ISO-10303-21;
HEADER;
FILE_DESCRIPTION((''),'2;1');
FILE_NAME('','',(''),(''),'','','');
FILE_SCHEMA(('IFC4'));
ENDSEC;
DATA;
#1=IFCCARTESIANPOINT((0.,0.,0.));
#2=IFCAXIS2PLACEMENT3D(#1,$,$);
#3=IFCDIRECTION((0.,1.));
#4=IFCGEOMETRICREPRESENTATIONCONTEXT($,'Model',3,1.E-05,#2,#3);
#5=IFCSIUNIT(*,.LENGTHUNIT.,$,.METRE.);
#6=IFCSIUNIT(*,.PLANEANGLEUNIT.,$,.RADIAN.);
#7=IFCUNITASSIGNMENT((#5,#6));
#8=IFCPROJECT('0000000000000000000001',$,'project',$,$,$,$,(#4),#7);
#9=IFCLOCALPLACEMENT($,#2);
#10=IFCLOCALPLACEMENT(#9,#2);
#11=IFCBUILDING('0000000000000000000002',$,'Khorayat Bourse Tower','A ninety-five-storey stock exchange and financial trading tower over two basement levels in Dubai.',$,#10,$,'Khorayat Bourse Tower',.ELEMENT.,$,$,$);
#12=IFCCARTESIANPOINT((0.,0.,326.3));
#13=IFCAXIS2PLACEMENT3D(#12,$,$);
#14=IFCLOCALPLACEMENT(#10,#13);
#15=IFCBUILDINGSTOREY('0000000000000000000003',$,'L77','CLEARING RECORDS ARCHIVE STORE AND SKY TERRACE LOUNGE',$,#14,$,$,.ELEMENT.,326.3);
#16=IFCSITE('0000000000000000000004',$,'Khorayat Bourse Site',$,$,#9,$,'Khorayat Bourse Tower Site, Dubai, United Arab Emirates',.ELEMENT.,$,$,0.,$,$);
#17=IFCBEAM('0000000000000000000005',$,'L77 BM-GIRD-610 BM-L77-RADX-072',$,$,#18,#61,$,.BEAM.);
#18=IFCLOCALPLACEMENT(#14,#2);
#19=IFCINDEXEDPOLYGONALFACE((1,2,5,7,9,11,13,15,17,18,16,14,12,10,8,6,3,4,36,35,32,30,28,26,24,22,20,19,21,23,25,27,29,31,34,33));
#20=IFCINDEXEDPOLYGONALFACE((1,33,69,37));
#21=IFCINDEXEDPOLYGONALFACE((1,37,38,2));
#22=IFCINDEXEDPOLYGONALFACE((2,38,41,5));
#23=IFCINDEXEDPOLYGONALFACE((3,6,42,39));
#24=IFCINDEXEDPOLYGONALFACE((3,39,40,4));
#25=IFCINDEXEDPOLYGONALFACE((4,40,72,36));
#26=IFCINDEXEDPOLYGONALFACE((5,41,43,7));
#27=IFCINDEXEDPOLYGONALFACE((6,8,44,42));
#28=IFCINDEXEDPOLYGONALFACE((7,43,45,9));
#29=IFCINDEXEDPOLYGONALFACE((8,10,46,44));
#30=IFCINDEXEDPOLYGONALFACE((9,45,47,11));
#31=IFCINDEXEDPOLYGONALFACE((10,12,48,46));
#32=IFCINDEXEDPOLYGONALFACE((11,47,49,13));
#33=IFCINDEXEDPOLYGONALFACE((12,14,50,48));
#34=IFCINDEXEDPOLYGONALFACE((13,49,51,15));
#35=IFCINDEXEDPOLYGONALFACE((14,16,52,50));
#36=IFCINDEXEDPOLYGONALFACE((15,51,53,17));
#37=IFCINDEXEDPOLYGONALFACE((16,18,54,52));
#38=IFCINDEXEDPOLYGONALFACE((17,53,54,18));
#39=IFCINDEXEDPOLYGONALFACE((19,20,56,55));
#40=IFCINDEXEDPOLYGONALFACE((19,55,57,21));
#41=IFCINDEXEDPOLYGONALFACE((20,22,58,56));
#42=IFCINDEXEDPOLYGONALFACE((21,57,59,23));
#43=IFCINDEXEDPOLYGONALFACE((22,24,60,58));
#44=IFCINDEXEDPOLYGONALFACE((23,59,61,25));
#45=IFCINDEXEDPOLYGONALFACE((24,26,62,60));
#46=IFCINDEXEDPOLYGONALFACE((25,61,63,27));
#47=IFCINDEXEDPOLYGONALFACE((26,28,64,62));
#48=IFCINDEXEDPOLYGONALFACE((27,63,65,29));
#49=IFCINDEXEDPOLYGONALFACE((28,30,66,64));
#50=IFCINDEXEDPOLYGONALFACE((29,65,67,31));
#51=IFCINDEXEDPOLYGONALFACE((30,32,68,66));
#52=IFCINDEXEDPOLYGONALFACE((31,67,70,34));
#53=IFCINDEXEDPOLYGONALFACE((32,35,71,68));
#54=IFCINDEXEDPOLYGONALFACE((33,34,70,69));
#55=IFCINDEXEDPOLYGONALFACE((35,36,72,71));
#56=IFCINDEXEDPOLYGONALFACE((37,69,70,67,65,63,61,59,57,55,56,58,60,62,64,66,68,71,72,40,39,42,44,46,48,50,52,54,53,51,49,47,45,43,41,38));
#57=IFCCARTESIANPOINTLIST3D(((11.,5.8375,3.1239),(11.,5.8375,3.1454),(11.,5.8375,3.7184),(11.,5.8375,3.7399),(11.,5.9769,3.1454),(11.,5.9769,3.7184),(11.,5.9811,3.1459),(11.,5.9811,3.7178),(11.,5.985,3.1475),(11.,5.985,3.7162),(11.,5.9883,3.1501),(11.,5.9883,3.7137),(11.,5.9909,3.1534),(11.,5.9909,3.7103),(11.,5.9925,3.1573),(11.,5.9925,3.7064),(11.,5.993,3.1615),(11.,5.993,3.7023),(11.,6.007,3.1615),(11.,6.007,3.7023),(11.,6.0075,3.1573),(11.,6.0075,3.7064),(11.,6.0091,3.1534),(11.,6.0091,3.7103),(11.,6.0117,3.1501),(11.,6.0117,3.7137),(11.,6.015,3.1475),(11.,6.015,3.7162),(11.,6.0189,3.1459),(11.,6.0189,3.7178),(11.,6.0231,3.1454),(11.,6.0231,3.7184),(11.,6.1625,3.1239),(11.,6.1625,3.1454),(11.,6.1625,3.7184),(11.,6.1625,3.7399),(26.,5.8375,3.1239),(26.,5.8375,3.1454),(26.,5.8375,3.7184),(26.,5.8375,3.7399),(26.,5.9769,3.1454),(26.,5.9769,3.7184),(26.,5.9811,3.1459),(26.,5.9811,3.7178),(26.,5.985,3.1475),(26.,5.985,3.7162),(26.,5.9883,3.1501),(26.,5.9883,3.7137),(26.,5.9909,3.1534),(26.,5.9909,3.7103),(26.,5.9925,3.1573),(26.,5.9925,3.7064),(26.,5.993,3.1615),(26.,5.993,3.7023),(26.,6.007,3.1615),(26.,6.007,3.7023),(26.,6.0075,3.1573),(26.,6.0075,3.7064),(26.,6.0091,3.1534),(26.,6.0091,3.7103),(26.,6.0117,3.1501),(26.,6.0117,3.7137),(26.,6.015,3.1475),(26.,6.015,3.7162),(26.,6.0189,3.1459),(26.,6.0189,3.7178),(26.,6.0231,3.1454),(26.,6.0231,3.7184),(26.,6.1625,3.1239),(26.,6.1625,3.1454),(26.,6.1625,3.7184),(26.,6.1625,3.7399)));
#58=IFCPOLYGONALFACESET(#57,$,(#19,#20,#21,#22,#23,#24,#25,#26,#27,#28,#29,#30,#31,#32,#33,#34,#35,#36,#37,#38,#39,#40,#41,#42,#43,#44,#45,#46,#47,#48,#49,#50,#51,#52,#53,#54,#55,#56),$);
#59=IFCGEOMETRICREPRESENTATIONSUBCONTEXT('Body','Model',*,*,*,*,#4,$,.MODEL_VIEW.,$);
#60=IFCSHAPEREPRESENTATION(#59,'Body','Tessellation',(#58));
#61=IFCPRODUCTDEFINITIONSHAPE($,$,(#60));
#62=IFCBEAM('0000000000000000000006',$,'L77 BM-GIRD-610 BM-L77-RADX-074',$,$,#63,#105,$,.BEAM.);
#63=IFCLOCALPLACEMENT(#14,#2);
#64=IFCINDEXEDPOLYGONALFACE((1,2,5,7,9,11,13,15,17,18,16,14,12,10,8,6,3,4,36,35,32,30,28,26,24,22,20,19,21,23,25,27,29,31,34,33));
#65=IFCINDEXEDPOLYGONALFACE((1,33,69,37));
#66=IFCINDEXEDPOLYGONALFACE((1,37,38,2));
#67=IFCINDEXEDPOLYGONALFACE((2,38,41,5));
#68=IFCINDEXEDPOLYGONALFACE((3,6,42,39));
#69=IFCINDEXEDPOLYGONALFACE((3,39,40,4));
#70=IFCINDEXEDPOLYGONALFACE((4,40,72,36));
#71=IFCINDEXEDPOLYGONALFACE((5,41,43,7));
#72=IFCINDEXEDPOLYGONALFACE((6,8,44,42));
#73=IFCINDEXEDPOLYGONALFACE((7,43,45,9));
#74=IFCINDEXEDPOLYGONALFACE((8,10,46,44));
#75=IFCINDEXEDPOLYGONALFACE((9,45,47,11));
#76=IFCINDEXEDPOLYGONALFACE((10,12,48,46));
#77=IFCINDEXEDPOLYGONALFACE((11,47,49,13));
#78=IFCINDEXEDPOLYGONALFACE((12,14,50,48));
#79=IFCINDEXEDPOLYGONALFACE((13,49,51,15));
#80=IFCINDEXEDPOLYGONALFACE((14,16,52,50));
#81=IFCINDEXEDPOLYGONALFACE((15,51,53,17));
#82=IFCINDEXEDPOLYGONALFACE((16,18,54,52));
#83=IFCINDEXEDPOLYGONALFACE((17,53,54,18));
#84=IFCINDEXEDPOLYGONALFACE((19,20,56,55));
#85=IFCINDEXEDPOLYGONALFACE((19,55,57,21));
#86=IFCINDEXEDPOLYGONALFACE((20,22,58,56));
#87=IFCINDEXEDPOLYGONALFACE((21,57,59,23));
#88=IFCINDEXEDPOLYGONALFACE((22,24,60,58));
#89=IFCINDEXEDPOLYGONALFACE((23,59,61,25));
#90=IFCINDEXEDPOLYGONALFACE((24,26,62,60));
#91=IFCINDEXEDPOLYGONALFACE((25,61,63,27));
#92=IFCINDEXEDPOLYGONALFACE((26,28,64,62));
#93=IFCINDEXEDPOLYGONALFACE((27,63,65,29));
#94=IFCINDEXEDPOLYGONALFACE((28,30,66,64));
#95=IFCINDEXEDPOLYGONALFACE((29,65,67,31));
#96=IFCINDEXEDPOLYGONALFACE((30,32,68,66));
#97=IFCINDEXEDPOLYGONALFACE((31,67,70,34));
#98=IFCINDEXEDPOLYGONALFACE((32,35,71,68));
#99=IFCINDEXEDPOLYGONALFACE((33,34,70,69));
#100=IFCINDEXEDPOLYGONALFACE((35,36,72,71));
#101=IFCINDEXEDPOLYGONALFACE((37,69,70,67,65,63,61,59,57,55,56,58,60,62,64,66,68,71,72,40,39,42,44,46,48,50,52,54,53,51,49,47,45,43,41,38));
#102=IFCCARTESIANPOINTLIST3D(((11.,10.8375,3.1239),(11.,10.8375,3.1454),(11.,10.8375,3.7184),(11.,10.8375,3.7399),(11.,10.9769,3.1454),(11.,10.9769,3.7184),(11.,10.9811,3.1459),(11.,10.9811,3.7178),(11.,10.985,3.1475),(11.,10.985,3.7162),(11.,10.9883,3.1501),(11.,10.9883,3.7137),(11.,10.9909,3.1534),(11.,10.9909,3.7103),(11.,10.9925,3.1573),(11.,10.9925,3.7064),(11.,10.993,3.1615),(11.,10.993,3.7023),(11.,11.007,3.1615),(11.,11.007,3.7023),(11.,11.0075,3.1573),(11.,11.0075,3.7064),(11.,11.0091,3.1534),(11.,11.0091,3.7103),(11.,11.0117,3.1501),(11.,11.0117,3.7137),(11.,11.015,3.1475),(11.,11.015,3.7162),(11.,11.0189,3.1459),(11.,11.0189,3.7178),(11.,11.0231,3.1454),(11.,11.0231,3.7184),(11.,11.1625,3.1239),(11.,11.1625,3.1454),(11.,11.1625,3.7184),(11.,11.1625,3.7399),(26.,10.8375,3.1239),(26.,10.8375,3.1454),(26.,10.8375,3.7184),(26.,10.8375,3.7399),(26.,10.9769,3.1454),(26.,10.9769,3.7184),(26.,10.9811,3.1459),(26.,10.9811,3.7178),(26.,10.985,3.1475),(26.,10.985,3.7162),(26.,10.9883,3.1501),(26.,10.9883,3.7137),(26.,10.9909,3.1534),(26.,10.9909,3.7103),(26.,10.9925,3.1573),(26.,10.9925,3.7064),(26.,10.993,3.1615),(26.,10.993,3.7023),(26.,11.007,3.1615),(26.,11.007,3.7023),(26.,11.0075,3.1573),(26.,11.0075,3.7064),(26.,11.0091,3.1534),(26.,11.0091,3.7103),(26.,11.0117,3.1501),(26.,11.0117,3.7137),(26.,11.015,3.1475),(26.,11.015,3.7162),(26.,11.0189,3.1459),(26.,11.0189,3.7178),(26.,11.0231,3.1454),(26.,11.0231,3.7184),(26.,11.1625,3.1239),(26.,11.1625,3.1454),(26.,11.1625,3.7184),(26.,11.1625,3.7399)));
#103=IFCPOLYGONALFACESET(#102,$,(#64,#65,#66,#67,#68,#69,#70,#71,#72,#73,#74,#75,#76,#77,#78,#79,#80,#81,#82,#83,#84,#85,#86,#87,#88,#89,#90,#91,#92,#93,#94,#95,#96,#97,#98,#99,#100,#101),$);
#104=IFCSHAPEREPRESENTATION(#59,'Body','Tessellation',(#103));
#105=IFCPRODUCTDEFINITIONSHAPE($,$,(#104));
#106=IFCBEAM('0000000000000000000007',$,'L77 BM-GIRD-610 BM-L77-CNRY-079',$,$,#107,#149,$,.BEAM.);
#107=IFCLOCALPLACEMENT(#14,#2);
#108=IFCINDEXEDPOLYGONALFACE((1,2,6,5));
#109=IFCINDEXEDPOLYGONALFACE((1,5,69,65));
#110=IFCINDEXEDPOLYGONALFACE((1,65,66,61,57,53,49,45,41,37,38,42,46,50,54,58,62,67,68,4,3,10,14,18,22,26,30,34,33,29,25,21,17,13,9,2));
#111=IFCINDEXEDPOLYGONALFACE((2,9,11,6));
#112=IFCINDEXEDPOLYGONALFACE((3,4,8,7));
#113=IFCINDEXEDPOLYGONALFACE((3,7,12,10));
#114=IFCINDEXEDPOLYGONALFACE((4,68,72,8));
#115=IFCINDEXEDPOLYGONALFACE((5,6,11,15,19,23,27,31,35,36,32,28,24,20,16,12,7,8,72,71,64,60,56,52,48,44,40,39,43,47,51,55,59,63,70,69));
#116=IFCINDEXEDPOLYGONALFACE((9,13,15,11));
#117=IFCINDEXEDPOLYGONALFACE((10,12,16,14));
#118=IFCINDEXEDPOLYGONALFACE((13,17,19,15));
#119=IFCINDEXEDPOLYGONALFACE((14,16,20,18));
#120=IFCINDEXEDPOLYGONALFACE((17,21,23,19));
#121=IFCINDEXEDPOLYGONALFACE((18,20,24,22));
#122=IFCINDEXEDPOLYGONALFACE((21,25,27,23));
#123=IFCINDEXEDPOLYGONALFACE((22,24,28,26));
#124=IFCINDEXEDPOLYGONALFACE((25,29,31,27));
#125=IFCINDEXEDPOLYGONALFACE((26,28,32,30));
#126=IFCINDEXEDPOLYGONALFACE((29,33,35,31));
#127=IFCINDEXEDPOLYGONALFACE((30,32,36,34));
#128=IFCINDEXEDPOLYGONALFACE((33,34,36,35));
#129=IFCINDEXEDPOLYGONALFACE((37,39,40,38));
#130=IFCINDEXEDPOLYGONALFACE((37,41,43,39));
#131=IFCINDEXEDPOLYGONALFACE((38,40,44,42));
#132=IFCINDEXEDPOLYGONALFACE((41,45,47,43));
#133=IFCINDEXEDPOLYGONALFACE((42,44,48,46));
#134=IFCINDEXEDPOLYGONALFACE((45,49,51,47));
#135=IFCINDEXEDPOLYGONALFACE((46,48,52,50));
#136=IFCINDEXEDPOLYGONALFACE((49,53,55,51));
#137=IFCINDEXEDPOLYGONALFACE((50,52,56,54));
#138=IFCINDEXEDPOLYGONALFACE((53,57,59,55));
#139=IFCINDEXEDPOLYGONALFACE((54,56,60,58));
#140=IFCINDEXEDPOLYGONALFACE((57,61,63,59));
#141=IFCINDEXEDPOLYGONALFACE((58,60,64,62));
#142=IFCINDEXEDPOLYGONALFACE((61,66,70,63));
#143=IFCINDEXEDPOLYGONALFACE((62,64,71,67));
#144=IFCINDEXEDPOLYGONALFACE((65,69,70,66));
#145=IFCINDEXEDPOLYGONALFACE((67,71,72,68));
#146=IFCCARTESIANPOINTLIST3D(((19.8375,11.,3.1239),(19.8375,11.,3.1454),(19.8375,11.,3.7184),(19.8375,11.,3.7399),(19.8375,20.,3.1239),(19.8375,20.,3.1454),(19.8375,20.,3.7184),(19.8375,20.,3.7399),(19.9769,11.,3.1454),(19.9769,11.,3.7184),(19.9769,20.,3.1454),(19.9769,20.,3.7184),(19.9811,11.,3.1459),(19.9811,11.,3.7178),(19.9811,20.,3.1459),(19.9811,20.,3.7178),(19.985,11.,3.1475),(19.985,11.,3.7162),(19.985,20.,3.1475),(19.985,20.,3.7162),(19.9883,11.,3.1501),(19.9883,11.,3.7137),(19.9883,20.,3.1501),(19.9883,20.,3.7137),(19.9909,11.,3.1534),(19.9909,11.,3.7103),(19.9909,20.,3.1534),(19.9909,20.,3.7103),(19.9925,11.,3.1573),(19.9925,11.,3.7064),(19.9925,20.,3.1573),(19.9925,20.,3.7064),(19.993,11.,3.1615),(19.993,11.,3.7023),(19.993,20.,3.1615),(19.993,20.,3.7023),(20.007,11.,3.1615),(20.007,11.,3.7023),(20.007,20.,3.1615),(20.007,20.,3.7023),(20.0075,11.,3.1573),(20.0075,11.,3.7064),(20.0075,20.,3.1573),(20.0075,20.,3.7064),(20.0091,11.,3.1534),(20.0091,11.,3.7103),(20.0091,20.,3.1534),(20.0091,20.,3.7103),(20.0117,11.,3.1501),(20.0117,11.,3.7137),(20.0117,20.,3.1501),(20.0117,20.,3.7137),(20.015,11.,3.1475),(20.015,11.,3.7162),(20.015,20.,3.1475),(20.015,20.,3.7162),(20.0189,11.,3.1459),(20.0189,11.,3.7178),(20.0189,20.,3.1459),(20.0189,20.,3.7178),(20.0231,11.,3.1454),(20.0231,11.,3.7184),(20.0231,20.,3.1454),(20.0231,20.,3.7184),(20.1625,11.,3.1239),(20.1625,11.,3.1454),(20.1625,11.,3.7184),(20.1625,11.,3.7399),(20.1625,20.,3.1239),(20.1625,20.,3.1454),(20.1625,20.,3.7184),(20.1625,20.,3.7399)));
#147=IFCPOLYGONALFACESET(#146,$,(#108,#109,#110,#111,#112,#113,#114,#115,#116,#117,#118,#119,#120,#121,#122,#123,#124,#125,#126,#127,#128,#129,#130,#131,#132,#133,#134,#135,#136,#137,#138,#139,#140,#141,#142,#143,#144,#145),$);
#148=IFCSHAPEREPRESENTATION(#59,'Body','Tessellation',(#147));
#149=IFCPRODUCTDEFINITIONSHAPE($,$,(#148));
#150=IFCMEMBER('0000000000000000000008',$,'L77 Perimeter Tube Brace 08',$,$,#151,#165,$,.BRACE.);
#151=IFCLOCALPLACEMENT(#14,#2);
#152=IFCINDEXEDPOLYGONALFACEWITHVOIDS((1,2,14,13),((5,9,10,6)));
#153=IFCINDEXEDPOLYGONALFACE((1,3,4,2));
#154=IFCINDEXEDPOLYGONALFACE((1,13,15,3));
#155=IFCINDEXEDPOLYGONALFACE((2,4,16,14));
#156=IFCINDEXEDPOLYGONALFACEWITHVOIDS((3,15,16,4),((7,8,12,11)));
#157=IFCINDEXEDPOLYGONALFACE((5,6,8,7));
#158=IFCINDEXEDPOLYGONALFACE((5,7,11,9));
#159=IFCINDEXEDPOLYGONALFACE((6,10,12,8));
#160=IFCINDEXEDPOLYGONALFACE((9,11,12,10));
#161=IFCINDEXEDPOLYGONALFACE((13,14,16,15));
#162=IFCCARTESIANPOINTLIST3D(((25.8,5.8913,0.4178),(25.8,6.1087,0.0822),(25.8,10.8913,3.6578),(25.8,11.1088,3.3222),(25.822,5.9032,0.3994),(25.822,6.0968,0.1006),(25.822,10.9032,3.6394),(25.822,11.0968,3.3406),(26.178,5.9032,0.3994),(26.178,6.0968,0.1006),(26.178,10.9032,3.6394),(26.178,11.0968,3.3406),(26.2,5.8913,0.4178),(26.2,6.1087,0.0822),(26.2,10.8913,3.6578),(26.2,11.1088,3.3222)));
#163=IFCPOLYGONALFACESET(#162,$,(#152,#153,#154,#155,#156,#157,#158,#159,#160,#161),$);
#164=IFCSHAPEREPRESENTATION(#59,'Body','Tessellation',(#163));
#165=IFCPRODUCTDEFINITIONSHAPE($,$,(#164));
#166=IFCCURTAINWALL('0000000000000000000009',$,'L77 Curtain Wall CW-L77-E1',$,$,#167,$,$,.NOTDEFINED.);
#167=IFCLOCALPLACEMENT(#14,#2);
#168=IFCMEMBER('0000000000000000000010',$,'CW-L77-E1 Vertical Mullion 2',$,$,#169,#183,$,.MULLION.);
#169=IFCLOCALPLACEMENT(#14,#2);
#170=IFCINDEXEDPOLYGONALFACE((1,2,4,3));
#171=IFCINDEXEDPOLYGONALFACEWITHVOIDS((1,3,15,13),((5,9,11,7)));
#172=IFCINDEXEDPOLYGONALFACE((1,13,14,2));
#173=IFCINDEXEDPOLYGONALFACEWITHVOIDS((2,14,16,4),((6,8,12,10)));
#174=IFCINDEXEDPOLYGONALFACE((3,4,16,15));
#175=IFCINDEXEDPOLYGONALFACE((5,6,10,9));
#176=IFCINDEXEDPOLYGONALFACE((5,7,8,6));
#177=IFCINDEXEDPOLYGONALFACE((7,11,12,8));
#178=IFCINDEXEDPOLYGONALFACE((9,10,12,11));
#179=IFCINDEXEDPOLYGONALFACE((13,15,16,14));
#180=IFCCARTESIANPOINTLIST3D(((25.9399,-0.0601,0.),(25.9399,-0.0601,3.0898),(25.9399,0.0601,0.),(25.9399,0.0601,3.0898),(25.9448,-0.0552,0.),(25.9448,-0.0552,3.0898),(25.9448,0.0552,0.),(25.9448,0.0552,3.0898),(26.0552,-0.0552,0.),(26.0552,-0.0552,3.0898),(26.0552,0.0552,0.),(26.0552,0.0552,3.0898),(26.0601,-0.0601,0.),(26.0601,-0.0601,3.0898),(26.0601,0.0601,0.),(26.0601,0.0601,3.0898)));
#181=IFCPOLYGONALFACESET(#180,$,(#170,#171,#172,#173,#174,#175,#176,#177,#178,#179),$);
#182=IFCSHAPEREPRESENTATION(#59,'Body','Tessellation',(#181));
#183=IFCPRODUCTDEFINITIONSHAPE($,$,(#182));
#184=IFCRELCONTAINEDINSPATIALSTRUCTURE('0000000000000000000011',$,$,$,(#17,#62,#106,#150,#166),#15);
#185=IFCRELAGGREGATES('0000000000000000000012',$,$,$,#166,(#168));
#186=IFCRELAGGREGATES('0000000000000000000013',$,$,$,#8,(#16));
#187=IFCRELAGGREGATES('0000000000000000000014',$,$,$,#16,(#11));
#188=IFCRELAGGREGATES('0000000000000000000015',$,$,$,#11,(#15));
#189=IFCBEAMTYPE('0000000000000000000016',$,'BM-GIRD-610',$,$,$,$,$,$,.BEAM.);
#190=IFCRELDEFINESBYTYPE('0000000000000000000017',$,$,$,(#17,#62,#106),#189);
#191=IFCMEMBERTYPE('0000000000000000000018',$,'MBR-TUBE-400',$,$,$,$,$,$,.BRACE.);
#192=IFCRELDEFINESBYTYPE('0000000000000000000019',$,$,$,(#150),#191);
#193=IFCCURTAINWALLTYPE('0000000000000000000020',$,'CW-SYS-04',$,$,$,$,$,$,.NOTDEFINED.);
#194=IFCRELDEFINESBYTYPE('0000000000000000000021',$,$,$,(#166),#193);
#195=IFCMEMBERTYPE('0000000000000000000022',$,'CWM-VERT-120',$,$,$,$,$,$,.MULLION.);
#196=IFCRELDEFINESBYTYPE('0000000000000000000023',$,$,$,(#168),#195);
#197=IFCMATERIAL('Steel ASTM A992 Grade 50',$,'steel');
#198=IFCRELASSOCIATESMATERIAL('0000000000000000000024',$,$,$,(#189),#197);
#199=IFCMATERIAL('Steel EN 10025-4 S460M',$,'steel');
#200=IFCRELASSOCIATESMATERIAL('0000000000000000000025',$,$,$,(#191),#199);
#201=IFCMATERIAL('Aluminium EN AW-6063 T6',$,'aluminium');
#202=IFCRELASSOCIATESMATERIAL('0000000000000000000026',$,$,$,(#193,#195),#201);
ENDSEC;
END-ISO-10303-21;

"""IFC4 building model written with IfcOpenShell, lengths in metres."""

from ifc_helpers import new_model, si_unit, direction, frame, origin, origin_2d, place, context, subcontext, project, spatial, hollow_rectangle, i_section, extrude, source, transform, mapped, material, material_profile, profile_set, type_object, element, aggregate, save


model = new_model("IFC4")

# Units and contexts
model_context = context("Model", 3, precision=1e-05, world=origin(), true_north=direction((0.0, 1.0)))
body_context = subcontext(model_context, "Body", "Model", "MODEL_VIEW")
ifc_project = project(units=[si_unit("LENGTHUNIT", "METRE"), si_unit("PLANEANGLEUNIT", "RADIAN")], contexts=[model_context])

# Site, building, storey
site_placement = place(None, origin())
site = spatial("IfcSite", under=ifc_project, at=site_placement, Name="Khorayat Bourse Site", LongName="Khorayat Bourse Tower Site, Dubai, United Arab Emirates", CompositionType="ELEMENT", RefElevation=0.0)
building_placement = place(site_placement, origin())
building = spatial("IfcBuilding", under=site, at=building_placement, Name="Khorayat Bourse Tower", Description="A ninety-five-storey stock exchange and financial trading tower over two basement levels in Dubai.", LongName="Khorayat Bourse Tower", CompositionType="ELEMENT")
storey_placement = place(building_placement, frame((0.0, 0.0, 326.3)))
storey = spatial("IfcBuildingStorey", under=building, at=storey_placement, Name="L77", Description="CLEARING RECORDS ARCHIVE STORE AND SKY TERRACE LOUNGE", CompositionType="ELEMENT", Elevation=326.3)

# Beams
ifc_material_1 = material(Name="Steel ASTM A992 Grade 50", Category="steel")
ifc_material_profile_1 = material_profile(ifc_material_1, i_section(OverallWidth=0.325, OverallDepth=0.616, WebThickness=0.0139, FlangeThickness=0.0215, FilletRadius=0.0161, at=origin_2d()), Name="W610X174")
ifc_profile_set_1 = profile_set([ifc_material_profile_1], Name="Steel ASTM A992 Grade 50")
beam_type_1 = type_object("IfcBeamType", Name="BM-GIRD-610", PredefinedType="BEAM", material=ifc_profile_set_1)
shared_shape_1 = source(origin(), body_context, "Body", "SweptSolid", [
    extrude(i_section(OverallWidth=0.325, OverallDepth=0.616, WebThickness=0.0139, FlangeThickness=0.0215, FilletRadius=0.0161, at=origin_2d()), origin(), (0.0, 0.0, 1.0), 15.0),
])
for number, where, z_axis, x_axis, name in (
    (1, (11.0, 6.0, 3.4319), (1.0, 0.0, 0.0), (0.0, 1.0, 0.0), "L77 BM-GIRD-610 BM-L77-RADX-072"),
    (2, (11.0, 11.0, 3.4319), (1.0, 0.0, 0.0), (0.0, 1.0, 0.0), "L77 BM-GIRD-610 BM-L77-RADX-074"),
):
    element("IfcBeam", number, at=place(storey_placement, frame(where, z_axis=z_axis, x_axis=x_axis)), inside=storey, type_object=beam_type_1, Name=name, PredefinedType="BEAM", context=body_context, shape_type="MappedRepresentation", body=[
        mapped(shared_shape_1, transform((0.0, 0.0, 0.0), scale=1.0)),
    ])
shared_shape_2 = source(origin(), body_context, "Body", "SweptSolid", [
    extrude(i_section(OverallWidth=0.325, OverallDepth=0.616, WebThickness=0.0139, FlangeThickness=0.0215, FilletRadius=0.0161, at=origin_2d()), origin(), (0.0, 0.0, 1.0), 9.0),
])
beam_1_placement = place(storey_placement, frame((20.0, 11.0, 3.4319), z_axis=(0.0, 1.0, 0.0), x_axis=(-1.0, 0.0, 0.0)))
element("IfcBeam", 3, at=beam_1_placement, inside=storey, type_object=beam_type_1, Name="L77 BM-GIRD-610 BM-L77-CNRY-079", PredefinedType="BEAM", context=body_context, shape_type="MappedRepresentation", body=[
    mapped(shared_shape_2, transform((0.0, 0.0, 0.0), scale=1.0)),
])

# Member
ifc_material_2 = material(Name="Steel EN 10025-4 S460M", Category="steel")
ifc_material_profile_2 = material_profile(ifc_material_2, hollow_rectangle(XDim=0.3999, YDim=0.3999, WallThickness=0.022, at=origin_2d()), Name="HSS 400x400x22")
ifc_profile_set_2 = profile_set([ifc_material_profile_2], Name="Steel EN 10025-4 S460M")
member_type_1 = type_object("IfcMemberType", Name="MBR-TUBE-400", PredefinedType="BRACE", material=ifc_profile_set_2)
shared_shape_3 = source(origin(), body_context, "Body", "SweptSolid", [
    extrude(hollow_rectangle(XDim=0.3999, YDim=0.3999, WallThickness=0.022, at=origin_2d()), origin(), (0.0, 0.0, 1.0), 5.958),
])
member_1_placement = place(storey_placement, frame((26.0, 6.0, 0.25), z_axis=(0.0, 0.83921, 0.543807), x_axis=(-1.0, 0.0, 0.0)))
element("IfcMember", 4, at=member_1_placement, inside=storey, type_object=member_type_1, Name="L77 Perimeter Tube Brace 08", PredefinedType="BRACE", context=body_context, shape_type="MappedRepresentation", body=[
    mapped(shared_shape_3, transform((0.0, 0.0, 0.0), scale=1.0)),
])

# Curtain wall, member
ifc_material_3 = material(Name="Aluminium EN AW-6063 T6", Category="aluminium")
curtain_wall_type = type_object("IfcCurtainWallType", Name="CW-SYS-04", PredefinedType="NOTDEFINED", material=ifc_material_3)
curtain_wall_placement = place(storey_placement, origin())
curtain_wall = element("IfcCurtainWall", 5, at=curtain_wall_placement, inside=storey, type_object=curtain_wall_type, Name="L77 Curtain Wall CW-L77-E1", PredefinedType="NOTDEFINED")
ifc_material_profile_3 = material_profile(ifc_material_3, hollow_rectangle(XDim=0.1201, YDim=0.1201, WallThickness=0.0049, at=origin_2d()), Name="ALU 120x120x5")
ifc_profile_set_3 = profile_set([ifc_material_profile_3], Name="Aluminium EN AW-6063 T6")
member_type_2 = type_object("IfcMemberType", Name="CWM-VERT-120", PredefinedType="MULLION", material=ifc_profile_set_3)
shared_shape_4 = source(origin(), body_context, "Body", "SweptSolid", [
    extrude(hollow_rectangle(XDim=0.1201, YDim=0.1201, WallThickness=0.0049, at=origin_2d()), origin(), (0.0, 0.0, 1.0), 3.0898),
])
member_2_placement = place(storey_placement, frame((26.0, 0.0, 0.0), z_axis=(0.0, 0.0, 1.0), x_axis=(-1.0, 0.0, 0.0)))
member_2 = element("IfcMember", 6, at=member_2_placement, type_object=member_type_2, Name="CW-L77-E1 Vertical Mullion 2", PredefinedType="MULLION", context=body_context, shape_type="MappedRepresentation", body=[
    mapped(shared_shape_4, transform((0.0, 0.0, 0.0), scale=1.0)),
])

aggregate(curtain_wall, [member_2])

save(model, "model.ifc")
